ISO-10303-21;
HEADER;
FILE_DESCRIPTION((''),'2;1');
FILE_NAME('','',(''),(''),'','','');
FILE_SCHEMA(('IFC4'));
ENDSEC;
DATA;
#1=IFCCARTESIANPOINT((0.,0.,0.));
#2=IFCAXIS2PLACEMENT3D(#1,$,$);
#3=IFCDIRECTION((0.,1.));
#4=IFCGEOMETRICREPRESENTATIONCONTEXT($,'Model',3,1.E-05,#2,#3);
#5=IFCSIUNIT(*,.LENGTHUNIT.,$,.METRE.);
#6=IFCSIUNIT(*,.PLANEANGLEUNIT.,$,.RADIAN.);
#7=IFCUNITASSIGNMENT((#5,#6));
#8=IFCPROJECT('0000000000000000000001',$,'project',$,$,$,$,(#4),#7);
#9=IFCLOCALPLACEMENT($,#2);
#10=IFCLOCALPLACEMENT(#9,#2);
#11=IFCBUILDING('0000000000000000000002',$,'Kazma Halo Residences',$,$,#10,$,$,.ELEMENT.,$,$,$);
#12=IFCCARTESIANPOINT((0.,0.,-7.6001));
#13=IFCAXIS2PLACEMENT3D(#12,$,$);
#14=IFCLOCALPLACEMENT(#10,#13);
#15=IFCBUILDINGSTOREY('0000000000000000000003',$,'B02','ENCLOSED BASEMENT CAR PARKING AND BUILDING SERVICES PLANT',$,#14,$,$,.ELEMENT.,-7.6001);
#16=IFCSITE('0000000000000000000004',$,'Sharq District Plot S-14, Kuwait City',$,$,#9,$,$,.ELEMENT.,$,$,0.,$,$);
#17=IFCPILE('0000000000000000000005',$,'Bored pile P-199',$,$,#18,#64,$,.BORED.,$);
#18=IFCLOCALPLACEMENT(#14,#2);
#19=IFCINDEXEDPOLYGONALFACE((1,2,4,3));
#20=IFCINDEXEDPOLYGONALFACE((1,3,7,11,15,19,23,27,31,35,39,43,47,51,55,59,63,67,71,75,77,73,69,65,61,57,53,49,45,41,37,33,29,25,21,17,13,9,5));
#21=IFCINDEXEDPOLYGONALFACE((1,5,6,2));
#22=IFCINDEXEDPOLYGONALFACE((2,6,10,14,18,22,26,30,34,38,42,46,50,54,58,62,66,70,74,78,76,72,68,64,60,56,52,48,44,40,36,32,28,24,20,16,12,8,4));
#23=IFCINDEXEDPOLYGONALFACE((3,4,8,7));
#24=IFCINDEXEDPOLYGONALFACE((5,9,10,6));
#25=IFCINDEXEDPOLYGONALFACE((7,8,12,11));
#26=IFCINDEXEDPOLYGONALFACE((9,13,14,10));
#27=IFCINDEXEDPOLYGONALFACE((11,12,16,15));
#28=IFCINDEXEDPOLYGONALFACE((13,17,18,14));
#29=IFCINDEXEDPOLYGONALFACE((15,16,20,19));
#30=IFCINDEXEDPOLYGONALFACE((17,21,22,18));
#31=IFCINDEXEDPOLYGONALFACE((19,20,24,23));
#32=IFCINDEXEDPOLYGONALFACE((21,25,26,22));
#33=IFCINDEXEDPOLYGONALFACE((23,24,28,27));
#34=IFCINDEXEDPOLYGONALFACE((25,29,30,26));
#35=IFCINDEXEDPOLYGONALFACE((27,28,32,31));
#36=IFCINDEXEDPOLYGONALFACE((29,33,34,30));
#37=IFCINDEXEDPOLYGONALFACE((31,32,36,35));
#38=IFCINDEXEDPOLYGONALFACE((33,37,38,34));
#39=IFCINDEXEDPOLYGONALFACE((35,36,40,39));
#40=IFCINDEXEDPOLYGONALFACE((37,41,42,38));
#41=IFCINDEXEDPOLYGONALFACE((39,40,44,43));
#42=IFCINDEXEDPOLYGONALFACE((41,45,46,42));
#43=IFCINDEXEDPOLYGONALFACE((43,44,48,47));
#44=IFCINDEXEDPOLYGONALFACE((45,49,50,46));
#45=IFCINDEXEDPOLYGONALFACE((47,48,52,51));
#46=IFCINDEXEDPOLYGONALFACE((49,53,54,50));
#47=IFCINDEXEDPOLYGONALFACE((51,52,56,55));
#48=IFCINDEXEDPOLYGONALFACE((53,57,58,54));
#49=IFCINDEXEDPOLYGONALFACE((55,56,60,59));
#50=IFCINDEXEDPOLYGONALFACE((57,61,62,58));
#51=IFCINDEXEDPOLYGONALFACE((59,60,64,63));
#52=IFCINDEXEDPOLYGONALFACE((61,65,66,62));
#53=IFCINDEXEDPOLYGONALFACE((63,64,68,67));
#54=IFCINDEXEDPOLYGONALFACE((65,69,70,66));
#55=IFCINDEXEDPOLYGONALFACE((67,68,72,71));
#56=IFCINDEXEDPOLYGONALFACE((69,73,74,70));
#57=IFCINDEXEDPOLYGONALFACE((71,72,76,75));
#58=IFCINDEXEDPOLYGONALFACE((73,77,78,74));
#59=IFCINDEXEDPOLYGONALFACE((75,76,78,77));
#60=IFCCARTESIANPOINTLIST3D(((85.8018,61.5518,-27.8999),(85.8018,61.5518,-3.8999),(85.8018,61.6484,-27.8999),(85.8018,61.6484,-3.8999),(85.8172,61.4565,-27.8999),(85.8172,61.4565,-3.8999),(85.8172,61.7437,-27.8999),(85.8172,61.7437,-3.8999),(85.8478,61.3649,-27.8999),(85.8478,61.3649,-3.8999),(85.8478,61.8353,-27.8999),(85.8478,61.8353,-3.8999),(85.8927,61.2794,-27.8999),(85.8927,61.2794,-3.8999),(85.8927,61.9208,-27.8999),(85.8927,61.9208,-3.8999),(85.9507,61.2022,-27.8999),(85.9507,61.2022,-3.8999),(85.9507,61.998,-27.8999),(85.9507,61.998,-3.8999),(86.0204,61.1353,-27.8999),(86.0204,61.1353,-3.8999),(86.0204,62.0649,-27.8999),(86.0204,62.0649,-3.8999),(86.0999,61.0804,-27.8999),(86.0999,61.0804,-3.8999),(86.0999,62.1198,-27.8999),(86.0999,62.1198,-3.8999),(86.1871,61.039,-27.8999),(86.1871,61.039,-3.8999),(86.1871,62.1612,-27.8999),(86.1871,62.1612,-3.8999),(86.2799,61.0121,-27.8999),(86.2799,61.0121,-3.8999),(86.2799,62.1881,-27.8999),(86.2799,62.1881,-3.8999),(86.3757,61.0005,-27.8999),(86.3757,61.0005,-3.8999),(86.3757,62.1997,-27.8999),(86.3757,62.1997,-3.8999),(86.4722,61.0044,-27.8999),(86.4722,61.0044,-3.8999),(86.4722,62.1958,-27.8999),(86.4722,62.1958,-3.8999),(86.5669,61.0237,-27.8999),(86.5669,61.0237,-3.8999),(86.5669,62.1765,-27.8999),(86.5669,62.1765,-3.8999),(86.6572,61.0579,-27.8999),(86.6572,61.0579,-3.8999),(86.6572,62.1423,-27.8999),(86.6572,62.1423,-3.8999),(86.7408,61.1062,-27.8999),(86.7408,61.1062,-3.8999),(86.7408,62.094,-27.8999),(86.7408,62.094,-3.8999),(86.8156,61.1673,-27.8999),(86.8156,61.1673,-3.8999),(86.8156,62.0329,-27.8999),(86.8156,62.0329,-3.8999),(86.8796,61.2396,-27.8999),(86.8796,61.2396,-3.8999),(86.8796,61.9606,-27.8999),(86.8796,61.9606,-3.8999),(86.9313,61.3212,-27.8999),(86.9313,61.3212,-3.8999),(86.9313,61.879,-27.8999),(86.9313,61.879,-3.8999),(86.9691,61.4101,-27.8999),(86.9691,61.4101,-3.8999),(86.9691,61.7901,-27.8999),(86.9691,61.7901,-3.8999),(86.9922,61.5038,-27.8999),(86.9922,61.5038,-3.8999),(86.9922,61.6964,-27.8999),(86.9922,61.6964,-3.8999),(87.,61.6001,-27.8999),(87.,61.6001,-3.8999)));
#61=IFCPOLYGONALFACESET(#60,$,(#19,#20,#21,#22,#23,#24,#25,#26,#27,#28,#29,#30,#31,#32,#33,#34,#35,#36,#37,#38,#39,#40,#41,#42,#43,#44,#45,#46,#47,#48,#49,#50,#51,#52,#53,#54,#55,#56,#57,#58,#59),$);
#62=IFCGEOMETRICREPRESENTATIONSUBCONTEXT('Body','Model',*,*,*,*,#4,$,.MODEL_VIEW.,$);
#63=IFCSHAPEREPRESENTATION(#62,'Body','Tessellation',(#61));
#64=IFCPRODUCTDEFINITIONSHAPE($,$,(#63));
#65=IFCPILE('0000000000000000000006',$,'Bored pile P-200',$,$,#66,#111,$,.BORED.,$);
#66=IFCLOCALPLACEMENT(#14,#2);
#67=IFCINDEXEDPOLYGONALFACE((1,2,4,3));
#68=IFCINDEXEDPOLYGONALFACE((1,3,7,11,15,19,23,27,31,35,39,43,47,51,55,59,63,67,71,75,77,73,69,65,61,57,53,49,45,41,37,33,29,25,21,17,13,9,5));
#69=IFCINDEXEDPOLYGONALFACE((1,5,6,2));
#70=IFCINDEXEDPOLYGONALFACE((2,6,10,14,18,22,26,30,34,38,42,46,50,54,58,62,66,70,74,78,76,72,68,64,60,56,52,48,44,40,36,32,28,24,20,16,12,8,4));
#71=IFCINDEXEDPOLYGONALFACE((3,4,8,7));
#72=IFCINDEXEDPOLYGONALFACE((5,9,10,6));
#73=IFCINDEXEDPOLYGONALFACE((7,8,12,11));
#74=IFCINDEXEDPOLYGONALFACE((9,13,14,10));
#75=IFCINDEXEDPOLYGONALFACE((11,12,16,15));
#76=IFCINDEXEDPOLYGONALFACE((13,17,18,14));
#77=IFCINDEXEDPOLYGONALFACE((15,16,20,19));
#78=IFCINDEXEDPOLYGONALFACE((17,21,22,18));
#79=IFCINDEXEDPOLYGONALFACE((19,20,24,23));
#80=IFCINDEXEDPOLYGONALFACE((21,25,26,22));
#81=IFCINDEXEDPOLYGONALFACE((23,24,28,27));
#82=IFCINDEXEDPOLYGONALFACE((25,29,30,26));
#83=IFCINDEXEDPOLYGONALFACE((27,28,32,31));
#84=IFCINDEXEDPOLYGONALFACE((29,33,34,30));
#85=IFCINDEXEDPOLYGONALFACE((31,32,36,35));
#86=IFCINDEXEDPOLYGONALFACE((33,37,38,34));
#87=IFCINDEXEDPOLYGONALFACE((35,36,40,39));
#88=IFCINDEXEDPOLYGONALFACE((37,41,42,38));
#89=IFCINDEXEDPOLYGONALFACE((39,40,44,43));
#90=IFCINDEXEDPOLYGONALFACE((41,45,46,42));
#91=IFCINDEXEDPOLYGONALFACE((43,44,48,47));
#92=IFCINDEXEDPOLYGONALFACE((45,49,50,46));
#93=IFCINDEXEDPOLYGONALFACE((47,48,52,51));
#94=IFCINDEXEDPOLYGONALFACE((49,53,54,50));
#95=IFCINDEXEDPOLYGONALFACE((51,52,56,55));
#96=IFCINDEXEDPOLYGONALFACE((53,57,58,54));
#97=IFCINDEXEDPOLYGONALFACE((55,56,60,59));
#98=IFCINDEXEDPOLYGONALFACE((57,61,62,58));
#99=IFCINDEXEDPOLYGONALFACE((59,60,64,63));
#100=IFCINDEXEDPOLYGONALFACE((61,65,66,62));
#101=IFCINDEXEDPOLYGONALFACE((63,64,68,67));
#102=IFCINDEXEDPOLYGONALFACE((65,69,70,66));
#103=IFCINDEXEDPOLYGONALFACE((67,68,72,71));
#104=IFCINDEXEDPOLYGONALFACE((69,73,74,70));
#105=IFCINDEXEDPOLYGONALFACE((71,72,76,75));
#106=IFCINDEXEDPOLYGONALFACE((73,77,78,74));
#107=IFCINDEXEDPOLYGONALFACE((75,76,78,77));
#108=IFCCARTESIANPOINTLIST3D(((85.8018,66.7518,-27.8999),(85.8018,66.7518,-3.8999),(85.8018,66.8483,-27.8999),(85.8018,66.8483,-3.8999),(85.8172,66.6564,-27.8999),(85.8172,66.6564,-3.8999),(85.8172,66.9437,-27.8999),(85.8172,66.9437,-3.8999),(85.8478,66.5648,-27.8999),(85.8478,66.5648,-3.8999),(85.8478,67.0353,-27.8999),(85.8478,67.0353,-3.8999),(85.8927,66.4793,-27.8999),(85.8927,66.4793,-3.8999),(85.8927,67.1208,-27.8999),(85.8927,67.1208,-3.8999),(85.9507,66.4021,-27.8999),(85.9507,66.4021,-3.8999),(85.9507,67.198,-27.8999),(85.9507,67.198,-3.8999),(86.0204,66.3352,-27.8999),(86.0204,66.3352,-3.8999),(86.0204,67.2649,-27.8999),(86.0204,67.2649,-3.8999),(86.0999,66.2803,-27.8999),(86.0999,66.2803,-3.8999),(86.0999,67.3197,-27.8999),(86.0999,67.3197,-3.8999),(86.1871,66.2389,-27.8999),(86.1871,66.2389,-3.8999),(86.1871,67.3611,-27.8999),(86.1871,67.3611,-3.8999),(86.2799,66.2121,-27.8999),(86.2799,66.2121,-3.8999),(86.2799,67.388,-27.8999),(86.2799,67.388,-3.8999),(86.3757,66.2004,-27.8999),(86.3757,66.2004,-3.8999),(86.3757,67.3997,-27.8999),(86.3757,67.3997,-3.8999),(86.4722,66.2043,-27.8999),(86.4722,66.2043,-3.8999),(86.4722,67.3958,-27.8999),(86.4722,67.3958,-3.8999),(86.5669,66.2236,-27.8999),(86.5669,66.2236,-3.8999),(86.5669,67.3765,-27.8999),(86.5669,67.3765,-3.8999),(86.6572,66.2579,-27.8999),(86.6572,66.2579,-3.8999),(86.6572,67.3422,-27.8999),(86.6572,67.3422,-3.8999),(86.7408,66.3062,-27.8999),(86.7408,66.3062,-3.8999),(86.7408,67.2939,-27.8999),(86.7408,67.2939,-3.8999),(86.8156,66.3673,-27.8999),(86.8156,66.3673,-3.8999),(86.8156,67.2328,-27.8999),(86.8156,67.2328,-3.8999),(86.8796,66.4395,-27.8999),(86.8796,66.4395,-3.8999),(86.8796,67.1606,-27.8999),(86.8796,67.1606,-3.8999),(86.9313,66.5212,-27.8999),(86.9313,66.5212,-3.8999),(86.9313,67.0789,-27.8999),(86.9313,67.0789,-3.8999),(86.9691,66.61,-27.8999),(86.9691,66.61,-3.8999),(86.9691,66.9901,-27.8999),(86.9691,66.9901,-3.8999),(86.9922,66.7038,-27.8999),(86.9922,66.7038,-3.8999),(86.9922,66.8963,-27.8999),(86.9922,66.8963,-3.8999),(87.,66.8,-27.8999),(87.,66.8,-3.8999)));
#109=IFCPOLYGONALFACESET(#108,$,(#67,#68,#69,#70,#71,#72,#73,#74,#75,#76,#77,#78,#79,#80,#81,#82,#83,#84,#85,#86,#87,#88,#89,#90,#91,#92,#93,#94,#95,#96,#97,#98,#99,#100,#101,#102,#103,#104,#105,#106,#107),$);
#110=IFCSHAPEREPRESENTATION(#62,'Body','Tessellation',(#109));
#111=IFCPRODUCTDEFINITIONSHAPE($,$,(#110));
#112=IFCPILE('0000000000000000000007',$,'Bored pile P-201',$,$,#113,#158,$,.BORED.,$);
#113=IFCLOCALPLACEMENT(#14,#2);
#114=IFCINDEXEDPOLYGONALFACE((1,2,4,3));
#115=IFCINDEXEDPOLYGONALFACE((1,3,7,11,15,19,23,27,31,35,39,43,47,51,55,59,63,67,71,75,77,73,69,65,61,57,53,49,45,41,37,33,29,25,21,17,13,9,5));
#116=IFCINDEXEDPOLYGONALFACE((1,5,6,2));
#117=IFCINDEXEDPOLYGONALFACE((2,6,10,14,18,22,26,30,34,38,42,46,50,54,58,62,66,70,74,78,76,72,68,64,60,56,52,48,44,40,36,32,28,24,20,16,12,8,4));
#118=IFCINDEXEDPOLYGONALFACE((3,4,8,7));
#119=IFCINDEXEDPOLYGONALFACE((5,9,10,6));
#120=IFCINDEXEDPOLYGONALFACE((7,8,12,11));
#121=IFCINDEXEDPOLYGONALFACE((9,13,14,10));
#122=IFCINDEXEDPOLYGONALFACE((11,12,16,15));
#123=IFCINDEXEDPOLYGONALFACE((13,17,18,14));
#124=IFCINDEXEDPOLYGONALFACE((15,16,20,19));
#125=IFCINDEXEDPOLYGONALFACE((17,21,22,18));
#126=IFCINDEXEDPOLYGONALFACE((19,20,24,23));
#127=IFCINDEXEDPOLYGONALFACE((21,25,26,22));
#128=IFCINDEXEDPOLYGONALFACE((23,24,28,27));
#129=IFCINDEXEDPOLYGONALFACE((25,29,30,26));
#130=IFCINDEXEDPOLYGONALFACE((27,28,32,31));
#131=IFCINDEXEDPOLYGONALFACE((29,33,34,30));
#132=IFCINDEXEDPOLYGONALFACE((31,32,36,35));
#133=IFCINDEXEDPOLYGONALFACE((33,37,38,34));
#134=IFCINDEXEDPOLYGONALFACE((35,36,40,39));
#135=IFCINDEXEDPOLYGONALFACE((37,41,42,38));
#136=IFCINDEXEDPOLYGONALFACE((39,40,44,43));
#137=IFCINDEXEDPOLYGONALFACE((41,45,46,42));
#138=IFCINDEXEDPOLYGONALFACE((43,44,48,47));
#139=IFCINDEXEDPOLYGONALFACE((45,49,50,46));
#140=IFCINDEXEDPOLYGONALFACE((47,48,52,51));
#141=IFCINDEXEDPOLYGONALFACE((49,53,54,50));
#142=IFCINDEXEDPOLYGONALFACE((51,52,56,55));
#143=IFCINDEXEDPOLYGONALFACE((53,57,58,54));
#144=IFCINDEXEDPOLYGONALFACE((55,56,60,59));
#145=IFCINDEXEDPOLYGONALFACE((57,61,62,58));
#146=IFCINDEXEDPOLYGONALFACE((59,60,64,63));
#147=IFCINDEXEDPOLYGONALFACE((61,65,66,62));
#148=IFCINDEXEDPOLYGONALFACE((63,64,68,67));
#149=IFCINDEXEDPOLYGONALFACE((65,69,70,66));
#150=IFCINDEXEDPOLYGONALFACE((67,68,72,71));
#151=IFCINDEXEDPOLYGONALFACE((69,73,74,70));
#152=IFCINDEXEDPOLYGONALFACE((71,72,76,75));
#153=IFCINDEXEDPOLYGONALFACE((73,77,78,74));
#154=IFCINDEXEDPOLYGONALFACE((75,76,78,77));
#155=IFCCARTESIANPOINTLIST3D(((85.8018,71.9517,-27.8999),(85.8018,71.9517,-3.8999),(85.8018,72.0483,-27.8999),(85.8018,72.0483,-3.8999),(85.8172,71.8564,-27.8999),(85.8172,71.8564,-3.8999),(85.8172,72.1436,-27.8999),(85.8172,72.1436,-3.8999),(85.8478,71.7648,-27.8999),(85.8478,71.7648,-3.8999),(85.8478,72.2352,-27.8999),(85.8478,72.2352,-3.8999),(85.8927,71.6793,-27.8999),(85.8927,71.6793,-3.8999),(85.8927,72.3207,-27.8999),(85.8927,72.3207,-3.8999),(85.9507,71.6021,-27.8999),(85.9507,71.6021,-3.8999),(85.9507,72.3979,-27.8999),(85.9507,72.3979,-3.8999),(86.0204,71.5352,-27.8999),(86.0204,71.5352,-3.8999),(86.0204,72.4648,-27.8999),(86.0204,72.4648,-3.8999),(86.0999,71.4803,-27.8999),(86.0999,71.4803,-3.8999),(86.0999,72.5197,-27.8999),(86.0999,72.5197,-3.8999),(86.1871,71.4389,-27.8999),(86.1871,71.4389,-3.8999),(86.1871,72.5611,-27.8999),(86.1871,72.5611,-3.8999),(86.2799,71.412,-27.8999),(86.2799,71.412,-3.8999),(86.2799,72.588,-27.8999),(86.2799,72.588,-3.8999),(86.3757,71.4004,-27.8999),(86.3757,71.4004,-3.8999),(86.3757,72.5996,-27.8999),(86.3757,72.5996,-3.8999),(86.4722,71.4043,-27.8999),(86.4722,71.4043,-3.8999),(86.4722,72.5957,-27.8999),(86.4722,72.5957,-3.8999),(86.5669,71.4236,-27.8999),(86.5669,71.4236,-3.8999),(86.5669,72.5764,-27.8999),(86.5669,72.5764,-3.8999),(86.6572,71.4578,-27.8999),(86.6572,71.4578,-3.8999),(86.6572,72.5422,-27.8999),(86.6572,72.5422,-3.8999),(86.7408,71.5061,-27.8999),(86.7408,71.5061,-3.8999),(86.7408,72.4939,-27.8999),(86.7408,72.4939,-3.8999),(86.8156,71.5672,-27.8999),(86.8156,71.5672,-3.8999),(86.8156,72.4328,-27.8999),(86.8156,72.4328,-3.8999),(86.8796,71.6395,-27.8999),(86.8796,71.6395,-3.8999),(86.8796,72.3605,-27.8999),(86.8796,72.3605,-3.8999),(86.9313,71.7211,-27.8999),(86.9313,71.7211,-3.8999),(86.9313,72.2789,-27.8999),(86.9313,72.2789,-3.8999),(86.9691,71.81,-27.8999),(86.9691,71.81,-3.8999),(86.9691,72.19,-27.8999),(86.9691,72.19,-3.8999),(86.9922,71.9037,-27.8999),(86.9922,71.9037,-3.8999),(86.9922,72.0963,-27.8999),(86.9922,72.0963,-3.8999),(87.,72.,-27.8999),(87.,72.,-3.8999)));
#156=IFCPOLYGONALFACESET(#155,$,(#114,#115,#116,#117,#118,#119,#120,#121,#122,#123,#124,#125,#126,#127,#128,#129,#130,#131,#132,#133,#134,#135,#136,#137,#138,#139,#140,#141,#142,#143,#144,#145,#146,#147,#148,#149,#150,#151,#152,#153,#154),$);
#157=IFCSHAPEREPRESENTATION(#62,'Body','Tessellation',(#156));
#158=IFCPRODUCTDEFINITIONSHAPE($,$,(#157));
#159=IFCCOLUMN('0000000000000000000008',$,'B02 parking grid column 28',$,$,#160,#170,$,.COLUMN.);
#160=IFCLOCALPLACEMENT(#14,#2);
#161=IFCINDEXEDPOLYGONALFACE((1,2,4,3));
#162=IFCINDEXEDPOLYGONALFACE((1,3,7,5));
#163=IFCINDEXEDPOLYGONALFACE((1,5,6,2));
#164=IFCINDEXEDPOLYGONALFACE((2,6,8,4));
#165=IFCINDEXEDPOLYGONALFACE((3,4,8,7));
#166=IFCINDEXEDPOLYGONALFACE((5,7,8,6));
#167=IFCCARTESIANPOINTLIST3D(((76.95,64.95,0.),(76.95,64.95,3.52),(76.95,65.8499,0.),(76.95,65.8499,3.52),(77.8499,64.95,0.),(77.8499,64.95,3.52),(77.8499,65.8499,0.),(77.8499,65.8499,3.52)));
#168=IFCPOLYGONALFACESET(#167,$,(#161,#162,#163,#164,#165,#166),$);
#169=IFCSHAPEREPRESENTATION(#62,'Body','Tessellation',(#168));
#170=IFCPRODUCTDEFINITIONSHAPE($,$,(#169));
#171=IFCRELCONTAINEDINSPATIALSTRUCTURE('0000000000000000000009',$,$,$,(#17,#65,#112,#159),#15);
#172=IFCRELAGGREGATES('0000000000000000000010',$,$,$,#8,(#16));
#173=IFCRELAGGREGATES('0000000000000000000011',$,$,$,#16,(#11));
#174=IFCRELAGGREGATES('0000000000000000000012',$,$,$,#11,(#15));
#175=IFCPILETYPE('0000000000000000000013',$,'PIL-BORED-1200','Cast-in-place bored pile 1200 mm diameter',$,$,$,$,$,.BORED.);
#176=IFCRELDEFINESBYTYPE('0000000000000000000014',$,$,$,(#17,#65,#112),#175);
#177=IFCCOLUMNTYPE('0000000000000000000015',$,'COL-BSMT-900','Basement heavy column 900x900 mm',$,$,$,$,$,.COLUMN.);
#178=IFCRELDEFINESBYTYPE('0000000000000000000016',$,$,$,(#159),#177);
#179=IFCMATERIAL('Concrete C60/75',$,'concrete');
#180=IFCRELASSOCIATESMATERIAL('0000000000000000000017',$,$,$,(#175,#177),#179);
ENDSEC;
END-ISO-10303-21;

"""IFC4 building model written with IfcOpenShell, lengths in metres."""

from ifc_helpers import new_model, si_unit, direction, frame, origin, origin_2d, place, context, subcontext, project, spatial, rectangle, circle, extrude, material, material_profile, profile_set, type_object, element, save


model = new_model("IFC4")

# Units and contexts
model_context = context("Model", 3, precision=1e-05, world=origin(), true_north=direction((0.0, 1.0)))
body_context = subcontext(model_context, "Body", "Model", "MODEL_VIEW")
ifc_project = project(units=[si_unit("LENGTHUNIT", "METRE"), si_unit("PLANEANGLEUNIT", "RADIAN")], contexts=[model_context])

# Site, building, storey
site_placement = place(None, origin())
site = spatial("IfcSite", under=ifc_project, at=site_placement, Name="Sharq District Plot S-14, Kuwait City", CompositionType="ELEMENT", RefElevation=0.0)
building_placement = place(site_placement, origin())
building = spatial("IfcBuilding", under=site, at=building_placement, Name="Kazma Halo Residences", CompositionType="ELEMENT")
storey_placement = place(building_placement, frame((0.0, 0.0, -7.6001)))
storey = spatial("IfcBuildingStorey", under=building, at=storey_placement, Name="B02", Description="ENCLOSED BASEMENT CAR PARKING AND BUILDING SERVICES PLANT", CompositionType="ELEMENT", Elevation=-7.6001)

# Piles
ifc_material_1 = material(Name="Concrete C60/75", Category="concrete")
ifc_material_profile_1 = material_profile(ifc_material_1, circle(Radius=0.6001, at=origin_2d()), Name="CIRC1200")
ifc_profile_set_1 = profile_set([ifc_material_profile_1], Name="Concrete C60/75")
pile_type = type_object("IfcPileType", Name="PIL-BORED-1200", Description="Cast-in-place bored pile 1200 mm diameter", PredefinedType="BORED", material=ifc_profile_set_1)
for number, where, z_axis, x_axis, name in (
    (1, (86.3999, 61.6001, -3.8999), (0.0, 0.0, -1.0), (1.0, 0.0, 0.0), "Bored pile P-199"),
    (2, (86.3999, 66.8, -3.8999), (0.0, 0.0, -1.0), (1.0, 0.0, 0.0), "Bored pile P-200"),
    (3, (86.3999, 72.0, -3.8999), (0.0, 0.0, -1.0), (1.0, 0.0, 0.0), "Bored pile P-201"),
):
    element("IfcPile", number, at=place(storey_placement, frame(where, z_axis=z_axis, x_axis=x_axis)), inside=storey, type_object=pile_type, Name=name, PredefinedType="BORED", context=body_context, shape_type="SweptSolid", body=[
        extrude(circle(Radius=0.6001, at=origin_2d()), origin(), (0.0, 0.0, 1.0), 24.0),
    ])

# Column
ifc_material_profile_2 = material_profile(ifc_material_1, rectangle(XDim=0.8999, YDim=0.8999, at=origin_2d()), Name="RECT900x900")
ifc_profile_set_2 = profile_set([ifc_material_profile_2], Name="Concrete C60/75")
column_type_1 = type_object("IfcColumnType", Name="COL-BSMT-900", Description="Basement heavy column 900x900 mm", PredefinedType="COLUMN", material=ifc_profile_set_2)
column_placement = place(storey_placement, frame((77.3999, 65.3999, 0.0), z_axis=(0.0, 0.0, 1.0), x_axis=(1.0, 0.0, 0.0)))
element("IfcColumn", 4, at=column_placement, inside=storey, type_object=column_type_1, Name="B02 parking grid column 28", PredefinedType="COLUMN", context=body_context, shape_type="SweptSolid", body=[
    extrude(rectangle(XDim=0.8999, YDim=0.8999, at=origin_2d()), origin(), (0.0, 0.0, 1.0), 3.52),
])

save(model, "model.ifc")
